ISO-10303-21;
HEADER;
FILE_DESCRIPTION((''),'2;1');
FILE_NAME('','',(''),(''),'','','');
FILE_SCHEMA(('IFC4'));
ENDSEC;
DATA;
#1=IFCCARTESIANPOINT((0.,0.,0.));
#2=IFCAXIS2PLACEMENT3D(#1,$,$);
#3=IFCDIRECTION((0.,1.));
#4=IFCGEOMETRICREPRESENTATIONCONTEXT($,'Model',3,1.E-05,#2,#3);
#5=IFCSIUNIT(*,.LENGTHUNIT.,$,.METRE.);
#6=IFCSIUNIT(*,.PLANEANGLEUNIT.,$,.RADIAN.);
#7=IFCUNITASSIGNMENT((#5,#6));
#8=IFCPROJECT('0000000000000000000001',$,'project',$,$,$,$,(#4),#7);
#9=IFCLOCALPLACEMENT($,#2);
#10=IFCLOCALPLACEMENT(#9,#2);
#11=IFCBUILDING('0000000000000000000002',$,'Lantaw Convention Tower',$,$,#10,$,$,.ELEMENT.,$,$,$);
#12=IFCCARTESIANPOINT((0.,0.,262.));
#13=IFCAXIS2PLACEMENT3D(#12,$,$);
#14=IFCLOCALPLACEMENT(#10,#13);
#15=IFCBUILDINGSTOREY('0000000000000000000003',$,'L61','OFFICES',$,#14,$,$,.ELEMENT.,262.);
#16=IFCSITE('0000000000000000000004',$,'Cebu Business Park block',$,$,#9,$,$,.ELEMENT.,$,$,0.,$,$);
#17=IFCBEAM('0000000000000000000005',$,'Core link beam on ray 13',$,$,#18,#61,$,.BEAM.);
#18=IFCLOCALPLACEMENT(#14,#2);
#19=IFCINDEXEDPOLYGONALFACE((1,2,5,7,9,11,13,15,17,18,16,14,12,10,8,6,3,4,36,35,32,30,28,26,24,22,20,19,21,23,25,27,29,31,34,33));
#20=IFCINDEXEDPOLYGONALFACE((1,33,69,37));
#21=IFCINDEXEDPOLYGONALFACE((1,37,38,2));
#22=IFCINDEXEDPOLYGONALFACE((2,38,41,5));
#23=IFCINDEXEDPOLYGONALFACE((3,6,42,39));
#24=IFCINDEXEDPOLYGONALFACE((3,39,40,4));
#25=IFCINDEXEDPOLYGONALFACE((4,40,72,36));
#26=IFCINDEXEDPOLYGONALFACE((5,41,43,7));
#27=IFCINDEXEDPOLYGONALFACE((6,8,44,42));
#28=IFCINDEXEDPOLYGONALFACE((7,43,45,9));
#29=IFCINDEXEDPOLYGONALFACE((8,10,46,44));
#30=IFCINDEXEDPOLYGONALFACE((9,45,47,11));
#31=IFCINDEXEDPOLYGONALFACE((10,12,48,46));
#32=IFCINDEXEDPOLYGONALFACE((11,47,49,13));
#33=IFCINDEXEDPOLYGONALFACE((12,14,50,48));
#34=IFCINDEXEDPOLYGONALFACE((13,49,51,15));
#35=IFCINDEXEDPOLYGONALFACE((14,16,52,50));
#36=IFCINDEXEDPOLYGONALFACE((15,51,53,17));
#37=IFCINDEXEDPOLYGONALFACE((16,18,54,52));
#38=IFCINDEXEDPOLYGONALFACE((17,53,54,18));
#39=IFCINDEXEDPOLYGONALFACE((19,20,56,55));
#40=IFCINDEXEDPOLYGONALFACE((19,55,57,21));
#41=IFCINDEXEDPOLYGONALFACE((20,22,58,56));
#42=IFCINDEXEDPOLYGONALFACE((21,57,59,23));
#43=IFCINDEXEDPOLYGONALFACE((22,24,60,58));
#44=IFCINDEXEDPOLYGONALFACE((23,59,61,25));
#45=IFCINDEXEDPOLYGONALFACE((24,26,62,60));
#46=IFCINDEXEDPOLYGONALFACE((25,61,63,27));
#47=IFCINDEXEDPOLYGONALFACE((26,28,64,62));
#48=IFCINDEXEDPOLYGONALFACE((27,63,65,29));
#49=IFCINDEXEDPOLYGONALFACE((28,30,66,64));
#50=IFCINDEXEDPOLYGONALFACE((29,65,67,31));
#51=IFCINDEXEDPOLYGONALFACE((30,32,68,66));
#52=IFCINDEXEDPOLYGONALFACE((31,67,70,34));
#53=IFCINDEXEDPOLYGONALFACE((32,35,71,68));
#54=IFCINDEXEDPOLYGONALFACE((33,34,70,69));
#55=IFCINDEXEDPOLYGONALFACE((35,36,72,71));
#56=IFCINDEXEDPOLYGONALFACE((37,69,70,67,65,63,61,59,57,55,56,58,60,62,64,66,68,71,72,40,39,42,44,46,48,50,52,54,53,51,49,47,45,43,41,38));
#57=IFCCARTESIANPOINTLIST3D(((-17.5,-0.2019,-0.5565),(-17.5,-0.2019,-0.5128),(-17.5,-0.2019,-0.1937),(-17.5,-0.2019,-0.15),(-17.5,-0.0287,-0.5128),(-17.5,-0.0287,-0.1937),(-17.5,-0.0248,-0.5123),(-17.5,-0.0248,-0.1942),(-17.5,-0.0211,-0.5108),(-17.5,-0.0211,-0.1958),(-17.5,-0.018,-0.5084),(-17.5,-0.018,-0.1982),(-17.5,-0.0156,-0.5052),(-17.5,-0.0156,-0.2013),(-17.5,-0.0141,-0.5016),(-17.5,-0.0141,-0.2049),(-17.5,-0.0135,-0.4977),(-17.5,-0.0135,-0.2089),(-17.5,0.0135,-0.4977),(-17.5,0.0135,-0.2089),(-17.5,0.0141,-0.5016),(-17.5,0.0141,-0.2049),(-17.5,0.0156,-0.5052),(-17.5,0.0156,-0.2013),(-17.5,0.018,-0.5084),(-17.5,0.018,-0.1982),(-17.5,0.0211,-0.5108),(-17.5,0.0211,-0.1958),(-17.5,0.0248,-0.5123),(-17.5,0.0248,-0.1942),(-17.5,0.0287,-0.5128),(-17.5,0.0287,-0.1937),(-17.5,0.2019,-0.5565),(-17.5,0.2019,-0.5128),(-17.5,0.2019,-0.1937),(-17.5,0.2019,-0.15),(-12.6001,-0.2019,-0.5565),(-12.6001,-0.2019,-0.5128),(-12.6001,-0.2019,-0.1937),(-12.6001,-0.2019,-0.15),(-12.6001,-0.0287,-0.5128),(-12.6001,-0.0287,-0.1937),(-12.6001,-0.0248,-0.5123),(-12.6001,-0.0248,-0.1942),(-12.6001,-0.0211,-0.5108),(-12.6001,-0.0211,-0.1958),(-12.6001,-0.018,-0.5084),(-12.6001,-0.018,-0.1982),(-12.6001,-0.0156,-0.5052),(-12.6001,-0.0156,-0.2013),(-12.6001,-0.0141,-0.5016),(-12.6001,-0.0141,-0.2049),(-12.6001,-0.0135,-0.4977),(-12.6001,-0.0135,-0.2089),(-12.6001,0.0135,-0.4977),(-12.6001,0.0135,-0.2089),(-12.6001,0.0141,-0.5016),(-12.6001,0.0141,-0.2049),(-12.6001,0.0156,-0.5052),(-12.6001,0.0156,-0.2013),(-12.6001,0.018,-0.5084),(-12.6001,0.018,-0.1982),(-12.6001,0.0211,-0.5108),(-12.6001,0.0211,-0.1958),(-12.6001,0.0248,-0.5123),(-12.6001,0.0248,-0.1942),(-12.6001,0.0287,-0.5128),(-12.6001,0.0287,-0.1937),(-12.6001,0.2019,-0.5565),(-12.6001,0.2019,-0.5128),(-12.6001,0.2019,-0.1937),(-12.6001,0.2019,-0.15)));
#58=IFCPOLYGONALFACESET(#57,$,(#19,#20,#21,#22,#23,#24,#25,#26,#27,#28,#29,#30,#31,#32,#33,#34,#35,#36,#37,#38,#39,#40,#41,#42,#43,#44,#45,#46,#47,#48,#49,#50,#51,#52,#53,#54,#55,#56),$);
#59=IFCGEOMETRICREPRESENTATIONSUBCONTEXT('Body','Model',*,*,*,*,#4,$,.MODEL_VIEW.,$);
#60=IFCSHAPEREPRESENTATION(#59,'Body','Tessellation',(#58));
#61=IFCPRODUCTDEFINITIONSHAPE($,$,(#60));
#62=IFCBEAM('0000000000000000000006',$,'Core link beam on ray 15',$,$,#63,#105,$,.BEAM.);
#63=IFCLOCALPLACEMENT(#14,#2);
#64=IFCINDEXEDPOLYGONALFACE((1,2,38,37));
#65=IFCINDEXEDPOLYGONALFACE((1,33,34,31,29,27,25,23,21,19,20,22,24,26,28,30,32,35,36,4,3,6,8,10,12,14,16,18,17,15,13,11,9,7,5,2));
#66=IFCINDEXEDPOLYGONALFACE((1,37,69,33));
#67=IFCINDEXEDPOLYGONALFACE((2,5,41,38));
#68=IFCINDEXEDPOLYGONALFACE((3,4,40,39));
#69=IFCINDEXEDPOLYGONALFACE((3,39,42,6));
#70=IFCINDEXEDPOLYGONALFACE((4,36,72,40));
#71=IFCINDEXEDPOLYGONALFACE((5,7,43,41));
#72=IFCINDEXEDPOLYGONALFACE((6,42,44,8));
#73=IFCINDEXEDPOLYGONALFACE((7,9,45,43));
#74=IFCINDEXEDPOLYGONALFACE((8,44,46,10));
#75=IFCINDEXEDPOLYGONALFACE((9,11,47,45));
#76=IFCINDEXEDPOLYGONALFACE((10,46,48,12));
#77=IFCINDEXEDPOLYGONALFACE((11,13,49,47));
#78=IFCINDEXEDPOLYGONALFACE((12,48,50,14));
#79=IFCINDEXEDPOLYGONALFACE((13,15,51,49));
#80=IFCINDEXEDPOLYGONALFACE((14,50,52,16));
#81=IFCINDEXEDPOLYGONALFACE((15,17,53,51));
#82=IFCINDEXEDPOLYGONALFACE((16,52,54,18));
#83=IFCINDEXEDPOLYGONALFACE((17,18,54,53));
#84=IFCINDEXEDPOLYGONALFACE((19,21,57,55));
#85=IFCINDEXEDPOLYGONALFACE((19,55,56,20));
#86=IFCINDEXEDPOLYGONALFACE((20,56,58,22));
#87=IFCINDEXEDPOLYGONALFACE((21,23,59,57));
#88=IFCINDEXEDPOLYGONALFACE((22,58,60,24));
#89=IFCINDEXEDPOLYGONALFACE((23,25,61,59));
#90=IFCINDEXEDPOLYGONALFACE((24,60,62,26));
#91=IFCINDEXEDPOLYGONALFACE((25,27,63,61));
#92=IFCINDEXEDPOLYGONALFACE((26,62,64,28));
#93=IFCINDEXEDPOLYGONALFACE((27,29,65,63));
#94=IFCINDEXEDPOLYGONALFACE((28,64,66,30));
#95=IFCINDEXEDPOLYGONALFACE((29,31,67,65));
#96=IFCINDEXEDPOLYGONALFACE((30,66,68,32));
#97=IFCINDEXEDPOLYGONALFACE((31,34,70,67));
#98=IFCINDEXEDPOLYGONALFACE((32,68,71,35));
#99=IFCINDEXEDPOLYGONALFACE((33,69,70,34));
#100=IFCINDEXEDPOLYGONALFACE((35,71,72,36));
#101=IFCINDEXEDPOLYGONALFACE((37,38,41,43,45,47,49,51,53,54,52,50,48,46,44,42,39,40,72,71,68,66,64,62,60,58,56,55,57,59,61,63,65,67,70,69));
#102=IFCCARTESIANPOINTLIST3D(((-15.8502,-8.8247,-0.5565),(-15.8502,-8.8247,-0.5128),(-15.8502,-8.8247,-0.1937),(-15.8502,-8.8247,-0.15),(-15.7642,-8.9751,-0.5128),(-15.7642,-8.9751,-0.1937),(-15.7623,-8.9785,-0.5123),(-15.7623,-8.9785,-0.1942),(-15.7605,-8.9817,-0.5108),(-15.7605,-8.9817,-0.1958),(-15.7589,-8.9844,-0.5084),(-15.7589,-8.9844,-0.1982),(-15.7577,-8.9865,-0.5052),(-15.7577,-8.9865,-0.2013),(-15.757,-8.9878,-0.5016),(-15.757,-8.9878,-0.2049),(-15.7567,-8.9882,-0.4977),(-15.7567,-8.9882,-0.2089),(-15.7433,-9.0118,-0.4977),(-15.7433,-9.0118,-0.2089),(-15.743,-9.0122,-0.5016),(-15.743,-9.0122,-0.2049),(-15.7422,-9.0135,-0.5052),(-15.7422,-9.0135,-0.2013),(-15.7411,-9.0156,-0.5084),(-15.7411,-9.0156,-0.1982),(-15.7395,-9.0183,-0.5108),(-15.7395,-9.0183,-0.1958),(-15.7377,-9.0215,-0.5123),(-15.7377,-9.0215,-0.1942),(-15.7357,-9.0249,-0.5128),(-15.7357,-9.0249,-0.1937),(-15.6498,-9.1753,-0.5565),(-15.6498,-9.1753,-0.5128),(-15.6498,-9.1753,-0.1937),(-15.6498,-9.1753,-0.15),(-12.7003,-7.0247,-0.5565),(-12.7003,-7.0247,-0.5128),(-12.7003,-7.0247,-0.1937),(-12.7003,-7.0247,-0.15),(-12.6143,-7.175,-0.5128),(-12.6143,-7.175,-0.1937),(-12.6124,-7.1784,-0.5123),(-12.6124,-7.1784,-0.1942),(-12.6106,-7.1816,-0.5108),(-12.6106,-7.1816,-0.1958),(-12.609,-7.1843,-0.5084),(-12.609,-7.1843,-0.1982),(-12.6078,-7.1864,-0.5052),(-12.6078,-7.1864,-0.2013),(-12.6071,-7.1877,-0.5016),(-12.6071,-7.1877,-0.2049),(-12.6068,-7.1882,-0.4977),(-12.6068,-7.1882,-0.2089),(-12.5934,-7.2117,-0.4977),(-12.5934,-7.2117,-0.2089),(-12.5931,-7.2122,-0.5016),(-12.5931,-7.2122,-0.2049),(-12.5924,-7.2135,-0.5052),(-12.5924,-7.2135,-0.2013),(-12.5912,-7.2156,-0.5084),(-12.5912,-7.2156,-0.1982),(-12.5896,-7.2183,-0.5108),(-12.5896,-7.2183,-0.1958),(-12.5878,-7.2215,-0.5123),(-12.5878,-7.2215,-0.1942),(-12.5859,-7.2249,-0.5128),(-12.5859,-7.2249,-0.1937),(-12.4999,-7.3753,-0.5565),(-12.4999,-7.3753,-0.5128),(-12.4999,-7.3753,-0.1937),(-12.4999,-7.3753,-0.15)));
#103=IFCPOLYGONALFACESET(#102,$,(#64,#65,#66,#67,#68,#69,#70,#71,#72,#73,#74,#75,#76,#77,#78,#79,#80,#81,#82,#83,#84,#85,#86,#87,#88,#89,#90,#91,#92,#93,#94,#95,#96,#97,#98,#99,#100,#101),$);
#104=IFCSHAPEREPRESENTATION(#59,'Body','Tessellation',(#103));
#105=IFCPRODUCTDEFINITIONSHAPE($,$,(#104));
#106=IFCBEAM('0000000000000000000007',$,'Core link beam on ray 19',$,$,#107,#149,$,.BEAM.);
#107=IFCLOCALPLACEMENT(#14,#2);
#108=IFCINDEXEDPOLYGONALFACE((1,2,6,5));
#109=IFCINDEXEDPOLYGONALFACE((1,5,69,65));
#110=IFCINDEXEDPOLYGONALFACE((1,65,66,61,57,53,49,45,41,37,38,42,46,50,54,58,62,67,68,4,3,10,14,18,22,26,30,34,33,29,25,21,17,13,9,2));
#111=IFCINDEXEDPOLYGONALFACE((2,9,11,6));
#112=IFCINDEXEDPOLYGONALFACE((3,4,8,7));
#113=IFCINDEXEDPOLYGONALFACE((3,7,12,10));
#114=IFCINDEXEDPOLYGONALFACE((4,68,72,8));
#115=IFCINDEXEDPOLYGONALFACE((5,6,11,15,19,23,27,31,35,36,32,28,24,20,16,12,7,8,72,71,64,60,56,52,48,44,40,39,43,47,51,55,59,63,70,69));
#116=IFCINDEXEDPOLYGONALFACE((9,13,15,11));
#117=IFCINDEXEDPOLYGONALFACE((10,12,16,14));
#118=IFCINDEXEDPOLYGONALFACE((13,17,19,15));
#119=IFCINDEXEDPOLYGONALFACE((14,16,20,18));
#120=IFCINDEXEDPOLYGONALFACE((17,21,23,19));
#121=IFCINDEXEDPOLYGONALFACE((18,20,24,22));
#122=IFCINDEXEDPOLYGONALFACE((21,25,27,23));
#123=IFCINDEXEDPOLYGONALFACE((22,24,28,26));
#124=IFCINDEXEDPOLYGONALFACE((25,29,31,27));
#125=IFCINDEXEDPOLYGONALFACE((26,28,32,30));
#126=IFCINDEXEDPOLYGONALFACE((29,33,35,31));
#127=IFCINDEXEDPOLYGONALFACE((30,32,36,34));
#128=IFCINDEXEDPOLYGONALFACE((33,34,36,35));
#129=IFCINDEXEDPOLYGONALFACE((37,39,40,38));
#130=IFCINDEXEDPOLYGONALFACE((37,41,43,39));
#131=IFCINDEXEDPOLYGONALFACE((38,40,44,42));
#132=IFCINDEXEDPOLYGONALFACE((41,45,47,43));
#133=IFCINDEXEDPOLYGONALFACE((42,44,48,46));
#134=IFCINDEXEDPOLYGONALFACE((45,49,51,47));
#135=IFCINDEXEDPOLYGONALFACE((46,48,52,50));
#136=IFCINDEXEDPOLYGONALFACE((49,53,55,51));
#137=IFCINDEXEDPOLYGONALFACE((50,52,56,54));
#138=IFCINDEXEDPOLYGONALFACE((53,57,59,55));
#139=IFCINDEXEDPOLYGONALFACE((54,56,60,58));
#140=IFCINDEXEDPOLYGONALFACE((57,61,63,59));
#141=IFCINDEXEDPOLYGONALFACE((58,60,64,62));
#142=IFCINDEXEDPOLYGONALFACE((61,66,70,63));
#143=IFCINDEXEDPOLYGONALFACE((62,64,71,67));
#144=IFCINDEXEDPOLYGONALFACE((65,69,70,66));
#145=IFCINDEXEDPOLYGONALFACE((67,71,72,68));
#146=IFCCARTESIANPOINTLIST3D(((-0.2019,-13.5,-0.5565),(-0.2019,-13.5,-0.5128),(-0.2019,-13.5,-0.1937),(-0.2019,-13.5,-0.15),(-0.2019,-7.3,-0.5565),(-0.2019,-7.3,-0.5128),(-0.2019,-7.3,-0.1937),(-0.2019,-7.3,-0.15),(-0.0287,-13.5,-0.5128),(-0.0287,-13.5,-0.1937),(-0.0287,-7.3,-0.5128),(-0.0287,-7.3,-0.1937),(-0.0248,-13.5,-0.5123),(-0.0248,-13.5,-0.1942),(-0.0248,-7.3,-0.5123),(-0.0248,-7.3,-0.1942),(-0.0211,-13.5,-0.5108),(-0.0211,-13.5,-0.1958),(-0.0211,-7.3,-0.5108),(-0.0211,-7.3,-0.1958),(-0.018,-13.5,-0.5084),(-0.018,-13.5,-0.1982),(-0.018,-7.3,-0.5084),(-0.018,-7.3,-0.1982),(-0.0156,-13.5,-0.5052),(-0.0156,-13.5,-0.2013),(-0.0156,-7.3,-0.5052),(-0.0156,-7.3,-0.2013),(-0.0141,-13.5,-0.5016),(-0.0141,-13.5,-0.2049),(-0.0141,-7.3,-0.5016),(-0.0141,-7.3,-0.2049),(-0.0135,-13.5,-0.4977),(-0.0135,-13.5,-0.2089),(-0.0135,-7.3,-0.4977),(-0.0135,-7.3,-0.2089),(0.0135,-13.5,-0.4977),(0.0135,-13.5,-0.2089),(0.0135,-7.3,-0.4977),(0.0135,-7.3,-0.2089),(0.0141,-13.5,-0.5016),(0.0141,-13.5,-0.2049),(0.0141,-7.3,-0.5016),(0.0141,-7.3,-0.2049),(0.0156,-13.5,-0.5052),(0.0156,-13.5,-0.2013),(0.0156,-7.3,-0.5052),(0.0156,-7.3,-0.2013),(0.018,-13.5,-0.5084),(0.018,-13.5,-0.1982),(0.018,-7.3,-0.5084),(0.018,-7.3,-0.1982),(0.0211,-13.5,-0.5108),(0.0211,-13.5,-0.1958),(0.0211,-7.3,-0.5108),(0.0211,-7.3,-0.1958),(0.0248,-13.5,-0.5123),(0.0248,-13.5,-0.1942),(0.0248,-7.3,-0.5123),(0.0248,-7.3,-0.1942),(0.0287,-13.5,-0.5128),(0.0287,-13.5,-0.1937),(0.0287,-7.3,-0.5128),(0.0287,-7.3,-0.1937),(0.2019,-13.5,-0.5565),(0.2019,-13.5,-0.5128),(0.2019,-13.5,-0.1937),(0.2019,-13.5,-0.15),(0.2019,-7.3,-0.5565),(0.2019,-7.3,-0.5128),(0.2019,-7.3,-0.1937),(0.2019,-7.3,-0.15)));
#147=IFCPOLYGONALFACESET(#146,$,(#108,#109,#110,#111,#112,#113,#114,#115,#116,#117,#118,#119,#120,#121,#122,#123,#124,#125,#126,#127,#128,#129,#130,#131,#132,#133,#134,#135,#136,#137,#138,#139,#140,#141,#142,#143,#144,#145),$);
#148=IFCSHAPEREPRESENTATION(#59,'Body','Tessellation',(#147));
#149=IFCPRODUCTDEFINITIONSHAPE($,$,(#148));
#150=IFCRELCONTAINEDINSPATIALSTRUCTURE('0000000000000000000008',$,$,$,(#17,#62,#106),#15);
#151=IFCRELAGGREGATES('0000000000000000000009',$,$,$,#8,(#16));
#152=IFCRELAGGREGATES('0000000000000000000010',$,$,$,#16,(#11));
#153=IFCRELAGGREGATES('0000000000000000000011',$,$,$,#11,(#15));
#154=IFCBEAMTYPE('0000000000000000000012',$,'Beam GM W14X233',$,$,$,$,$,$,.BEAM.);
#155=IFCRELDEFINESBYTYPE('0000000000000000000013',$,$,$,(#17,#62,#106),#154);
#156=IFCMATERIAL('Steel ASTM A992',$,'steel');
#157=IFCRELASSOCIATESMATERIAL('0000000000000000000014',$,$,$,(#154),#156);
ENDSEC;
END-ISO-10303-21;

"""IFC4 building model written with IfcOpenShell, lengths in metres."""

from ifc_helpers import new_model, si_unit, direction, frame, origin, origin_2d, place, context, subcontext, project, spatial, i_section, extrude, material, material_profile, profile_set, type_object, element, save


model = new_model("IFC4")

# Units and contexts
model_context = context("Model", 3, precision=1e-05, world=origin(), true_north=direction((0.0, 1.0)))
body_context = subcontext(model_context, "Body", "Model", "MODEL_VIEW")
ifc_project = project(units=[si_unit("LENGTHUNIT", "METRE"), si_unit("PLANEANGLEUNIT", "RADIAN")], contexts=[model_context])

# Site, building, storey
site_placement = place(None, origin())
site = spatial("IfcSite", under=ifc_project, at=site_placement, Name="Cebu Business Park block", CompositionType="ELEMENT", RefElevation=0.0)
building_placement = place(site_placement, origin())
building = spatial("IfcBuilding", under=site, at=building_placement, Name="Lantaw Convention Tower", CompositionType="ELEMENT")
storey_placement = place(building_placement, frame((0.0, 0.0, 262.0)))
storey = spatial("IfcBuildingStorey", under=building, at=storey_placement, Name="L61", Description="OFFICES", CompositionType="ELEMENT", Elevation=262.0)

# Beams
ifc_material_1 = material(Name="Steel ASTM A992", Category="steel")
ifc_material_profile_1 = material_profile(ifc_material_1, i_section(OverallWidth=0.4038, OverallDepth=0.4065, WebThickness=0.0271, FlangeThickness=0.0437, FilletRadius=0.0151, at=origin_2d()), Name="W14X233")
ifc_profile_set_1 = profile_set([ifc_material_profile_1], Name="Steel ASTM A992")
beam_type_1 = type_object("IfcBeamType", Name="Beam GM W14X233", PredefinedType="BEAM", material=ifc_profile_set_1)
beam_1_placement = place(storey_placement, frame((-12.6001, 0.0, -0.3533), z_axis=(-1.0, 0.0, 0.0), x_axis=(0.0, -1.0, 0.0)))
element("IfcBeam", 1, at=beam_1_placement, inside=storey, type_object=beam_type_1, Name="Core link beam on ray 13", PredefinedType="BEAM", context=body_context, shape_type="SweptSolid", body=[
    extrude(i_section(OverallWidth=0.4038, OverallDepth=0.4065, WebThickness=0.0271, FlangeThickness=0.0437, FilletRadius=0.0151, at=origin_2d()), origin(), (0.0, 0.0, 1.0), 4.8999),
])
beam_2_placement = place(storey_placement, frame((-12.6001, -7.2, -0.3533), z_axis=(-0.868231, -0.496161, 0.0), x_axis=(0.496161, -0.868231, 0.0)))
element("IfcBeam", 2, at=beam_2_placement, inside=storey, type_object=beam_type_1, Name="Core link beam on ray 15", PredefinedType="BEAM", context=body_context, shape_type="SweptSolid", body=[
    extrude(i_section(OverallWidth=0.4038, OverallDepth=0.4065, WebThickness=0.0271, FlangeThickness=0.0437, FilletRadius=0.0151, at=origin_2d()), origin(), (0.0, 0.0, 1.0), 3.6279),
])
beam_3_placement = place(storey_placement, frame((0.0, -7.3, -0.3533), z_axis=(0.0, -1.0, 0.0), x_axis=(1.0, 0.0, 0.0)))
element("IfcBeam", 3, at=beam_3_placement, inside=storey, type_object=beam_type_1, Name="Core link beam on ray 19", PredefinedType="BEAM", context=body_context, shape_type="SweptSolid", body=[
    extrude(i_section(OverallWidth=0.4038, OverallDepth=0.4065, WebThickness=0.0271, FlangeThickness=0.0437, FilletRadius=0.0151, at=origin_2d()), origin(), (0.0, 0.0, 1.0), 6.2),
])

save(model, "model.ifc")
